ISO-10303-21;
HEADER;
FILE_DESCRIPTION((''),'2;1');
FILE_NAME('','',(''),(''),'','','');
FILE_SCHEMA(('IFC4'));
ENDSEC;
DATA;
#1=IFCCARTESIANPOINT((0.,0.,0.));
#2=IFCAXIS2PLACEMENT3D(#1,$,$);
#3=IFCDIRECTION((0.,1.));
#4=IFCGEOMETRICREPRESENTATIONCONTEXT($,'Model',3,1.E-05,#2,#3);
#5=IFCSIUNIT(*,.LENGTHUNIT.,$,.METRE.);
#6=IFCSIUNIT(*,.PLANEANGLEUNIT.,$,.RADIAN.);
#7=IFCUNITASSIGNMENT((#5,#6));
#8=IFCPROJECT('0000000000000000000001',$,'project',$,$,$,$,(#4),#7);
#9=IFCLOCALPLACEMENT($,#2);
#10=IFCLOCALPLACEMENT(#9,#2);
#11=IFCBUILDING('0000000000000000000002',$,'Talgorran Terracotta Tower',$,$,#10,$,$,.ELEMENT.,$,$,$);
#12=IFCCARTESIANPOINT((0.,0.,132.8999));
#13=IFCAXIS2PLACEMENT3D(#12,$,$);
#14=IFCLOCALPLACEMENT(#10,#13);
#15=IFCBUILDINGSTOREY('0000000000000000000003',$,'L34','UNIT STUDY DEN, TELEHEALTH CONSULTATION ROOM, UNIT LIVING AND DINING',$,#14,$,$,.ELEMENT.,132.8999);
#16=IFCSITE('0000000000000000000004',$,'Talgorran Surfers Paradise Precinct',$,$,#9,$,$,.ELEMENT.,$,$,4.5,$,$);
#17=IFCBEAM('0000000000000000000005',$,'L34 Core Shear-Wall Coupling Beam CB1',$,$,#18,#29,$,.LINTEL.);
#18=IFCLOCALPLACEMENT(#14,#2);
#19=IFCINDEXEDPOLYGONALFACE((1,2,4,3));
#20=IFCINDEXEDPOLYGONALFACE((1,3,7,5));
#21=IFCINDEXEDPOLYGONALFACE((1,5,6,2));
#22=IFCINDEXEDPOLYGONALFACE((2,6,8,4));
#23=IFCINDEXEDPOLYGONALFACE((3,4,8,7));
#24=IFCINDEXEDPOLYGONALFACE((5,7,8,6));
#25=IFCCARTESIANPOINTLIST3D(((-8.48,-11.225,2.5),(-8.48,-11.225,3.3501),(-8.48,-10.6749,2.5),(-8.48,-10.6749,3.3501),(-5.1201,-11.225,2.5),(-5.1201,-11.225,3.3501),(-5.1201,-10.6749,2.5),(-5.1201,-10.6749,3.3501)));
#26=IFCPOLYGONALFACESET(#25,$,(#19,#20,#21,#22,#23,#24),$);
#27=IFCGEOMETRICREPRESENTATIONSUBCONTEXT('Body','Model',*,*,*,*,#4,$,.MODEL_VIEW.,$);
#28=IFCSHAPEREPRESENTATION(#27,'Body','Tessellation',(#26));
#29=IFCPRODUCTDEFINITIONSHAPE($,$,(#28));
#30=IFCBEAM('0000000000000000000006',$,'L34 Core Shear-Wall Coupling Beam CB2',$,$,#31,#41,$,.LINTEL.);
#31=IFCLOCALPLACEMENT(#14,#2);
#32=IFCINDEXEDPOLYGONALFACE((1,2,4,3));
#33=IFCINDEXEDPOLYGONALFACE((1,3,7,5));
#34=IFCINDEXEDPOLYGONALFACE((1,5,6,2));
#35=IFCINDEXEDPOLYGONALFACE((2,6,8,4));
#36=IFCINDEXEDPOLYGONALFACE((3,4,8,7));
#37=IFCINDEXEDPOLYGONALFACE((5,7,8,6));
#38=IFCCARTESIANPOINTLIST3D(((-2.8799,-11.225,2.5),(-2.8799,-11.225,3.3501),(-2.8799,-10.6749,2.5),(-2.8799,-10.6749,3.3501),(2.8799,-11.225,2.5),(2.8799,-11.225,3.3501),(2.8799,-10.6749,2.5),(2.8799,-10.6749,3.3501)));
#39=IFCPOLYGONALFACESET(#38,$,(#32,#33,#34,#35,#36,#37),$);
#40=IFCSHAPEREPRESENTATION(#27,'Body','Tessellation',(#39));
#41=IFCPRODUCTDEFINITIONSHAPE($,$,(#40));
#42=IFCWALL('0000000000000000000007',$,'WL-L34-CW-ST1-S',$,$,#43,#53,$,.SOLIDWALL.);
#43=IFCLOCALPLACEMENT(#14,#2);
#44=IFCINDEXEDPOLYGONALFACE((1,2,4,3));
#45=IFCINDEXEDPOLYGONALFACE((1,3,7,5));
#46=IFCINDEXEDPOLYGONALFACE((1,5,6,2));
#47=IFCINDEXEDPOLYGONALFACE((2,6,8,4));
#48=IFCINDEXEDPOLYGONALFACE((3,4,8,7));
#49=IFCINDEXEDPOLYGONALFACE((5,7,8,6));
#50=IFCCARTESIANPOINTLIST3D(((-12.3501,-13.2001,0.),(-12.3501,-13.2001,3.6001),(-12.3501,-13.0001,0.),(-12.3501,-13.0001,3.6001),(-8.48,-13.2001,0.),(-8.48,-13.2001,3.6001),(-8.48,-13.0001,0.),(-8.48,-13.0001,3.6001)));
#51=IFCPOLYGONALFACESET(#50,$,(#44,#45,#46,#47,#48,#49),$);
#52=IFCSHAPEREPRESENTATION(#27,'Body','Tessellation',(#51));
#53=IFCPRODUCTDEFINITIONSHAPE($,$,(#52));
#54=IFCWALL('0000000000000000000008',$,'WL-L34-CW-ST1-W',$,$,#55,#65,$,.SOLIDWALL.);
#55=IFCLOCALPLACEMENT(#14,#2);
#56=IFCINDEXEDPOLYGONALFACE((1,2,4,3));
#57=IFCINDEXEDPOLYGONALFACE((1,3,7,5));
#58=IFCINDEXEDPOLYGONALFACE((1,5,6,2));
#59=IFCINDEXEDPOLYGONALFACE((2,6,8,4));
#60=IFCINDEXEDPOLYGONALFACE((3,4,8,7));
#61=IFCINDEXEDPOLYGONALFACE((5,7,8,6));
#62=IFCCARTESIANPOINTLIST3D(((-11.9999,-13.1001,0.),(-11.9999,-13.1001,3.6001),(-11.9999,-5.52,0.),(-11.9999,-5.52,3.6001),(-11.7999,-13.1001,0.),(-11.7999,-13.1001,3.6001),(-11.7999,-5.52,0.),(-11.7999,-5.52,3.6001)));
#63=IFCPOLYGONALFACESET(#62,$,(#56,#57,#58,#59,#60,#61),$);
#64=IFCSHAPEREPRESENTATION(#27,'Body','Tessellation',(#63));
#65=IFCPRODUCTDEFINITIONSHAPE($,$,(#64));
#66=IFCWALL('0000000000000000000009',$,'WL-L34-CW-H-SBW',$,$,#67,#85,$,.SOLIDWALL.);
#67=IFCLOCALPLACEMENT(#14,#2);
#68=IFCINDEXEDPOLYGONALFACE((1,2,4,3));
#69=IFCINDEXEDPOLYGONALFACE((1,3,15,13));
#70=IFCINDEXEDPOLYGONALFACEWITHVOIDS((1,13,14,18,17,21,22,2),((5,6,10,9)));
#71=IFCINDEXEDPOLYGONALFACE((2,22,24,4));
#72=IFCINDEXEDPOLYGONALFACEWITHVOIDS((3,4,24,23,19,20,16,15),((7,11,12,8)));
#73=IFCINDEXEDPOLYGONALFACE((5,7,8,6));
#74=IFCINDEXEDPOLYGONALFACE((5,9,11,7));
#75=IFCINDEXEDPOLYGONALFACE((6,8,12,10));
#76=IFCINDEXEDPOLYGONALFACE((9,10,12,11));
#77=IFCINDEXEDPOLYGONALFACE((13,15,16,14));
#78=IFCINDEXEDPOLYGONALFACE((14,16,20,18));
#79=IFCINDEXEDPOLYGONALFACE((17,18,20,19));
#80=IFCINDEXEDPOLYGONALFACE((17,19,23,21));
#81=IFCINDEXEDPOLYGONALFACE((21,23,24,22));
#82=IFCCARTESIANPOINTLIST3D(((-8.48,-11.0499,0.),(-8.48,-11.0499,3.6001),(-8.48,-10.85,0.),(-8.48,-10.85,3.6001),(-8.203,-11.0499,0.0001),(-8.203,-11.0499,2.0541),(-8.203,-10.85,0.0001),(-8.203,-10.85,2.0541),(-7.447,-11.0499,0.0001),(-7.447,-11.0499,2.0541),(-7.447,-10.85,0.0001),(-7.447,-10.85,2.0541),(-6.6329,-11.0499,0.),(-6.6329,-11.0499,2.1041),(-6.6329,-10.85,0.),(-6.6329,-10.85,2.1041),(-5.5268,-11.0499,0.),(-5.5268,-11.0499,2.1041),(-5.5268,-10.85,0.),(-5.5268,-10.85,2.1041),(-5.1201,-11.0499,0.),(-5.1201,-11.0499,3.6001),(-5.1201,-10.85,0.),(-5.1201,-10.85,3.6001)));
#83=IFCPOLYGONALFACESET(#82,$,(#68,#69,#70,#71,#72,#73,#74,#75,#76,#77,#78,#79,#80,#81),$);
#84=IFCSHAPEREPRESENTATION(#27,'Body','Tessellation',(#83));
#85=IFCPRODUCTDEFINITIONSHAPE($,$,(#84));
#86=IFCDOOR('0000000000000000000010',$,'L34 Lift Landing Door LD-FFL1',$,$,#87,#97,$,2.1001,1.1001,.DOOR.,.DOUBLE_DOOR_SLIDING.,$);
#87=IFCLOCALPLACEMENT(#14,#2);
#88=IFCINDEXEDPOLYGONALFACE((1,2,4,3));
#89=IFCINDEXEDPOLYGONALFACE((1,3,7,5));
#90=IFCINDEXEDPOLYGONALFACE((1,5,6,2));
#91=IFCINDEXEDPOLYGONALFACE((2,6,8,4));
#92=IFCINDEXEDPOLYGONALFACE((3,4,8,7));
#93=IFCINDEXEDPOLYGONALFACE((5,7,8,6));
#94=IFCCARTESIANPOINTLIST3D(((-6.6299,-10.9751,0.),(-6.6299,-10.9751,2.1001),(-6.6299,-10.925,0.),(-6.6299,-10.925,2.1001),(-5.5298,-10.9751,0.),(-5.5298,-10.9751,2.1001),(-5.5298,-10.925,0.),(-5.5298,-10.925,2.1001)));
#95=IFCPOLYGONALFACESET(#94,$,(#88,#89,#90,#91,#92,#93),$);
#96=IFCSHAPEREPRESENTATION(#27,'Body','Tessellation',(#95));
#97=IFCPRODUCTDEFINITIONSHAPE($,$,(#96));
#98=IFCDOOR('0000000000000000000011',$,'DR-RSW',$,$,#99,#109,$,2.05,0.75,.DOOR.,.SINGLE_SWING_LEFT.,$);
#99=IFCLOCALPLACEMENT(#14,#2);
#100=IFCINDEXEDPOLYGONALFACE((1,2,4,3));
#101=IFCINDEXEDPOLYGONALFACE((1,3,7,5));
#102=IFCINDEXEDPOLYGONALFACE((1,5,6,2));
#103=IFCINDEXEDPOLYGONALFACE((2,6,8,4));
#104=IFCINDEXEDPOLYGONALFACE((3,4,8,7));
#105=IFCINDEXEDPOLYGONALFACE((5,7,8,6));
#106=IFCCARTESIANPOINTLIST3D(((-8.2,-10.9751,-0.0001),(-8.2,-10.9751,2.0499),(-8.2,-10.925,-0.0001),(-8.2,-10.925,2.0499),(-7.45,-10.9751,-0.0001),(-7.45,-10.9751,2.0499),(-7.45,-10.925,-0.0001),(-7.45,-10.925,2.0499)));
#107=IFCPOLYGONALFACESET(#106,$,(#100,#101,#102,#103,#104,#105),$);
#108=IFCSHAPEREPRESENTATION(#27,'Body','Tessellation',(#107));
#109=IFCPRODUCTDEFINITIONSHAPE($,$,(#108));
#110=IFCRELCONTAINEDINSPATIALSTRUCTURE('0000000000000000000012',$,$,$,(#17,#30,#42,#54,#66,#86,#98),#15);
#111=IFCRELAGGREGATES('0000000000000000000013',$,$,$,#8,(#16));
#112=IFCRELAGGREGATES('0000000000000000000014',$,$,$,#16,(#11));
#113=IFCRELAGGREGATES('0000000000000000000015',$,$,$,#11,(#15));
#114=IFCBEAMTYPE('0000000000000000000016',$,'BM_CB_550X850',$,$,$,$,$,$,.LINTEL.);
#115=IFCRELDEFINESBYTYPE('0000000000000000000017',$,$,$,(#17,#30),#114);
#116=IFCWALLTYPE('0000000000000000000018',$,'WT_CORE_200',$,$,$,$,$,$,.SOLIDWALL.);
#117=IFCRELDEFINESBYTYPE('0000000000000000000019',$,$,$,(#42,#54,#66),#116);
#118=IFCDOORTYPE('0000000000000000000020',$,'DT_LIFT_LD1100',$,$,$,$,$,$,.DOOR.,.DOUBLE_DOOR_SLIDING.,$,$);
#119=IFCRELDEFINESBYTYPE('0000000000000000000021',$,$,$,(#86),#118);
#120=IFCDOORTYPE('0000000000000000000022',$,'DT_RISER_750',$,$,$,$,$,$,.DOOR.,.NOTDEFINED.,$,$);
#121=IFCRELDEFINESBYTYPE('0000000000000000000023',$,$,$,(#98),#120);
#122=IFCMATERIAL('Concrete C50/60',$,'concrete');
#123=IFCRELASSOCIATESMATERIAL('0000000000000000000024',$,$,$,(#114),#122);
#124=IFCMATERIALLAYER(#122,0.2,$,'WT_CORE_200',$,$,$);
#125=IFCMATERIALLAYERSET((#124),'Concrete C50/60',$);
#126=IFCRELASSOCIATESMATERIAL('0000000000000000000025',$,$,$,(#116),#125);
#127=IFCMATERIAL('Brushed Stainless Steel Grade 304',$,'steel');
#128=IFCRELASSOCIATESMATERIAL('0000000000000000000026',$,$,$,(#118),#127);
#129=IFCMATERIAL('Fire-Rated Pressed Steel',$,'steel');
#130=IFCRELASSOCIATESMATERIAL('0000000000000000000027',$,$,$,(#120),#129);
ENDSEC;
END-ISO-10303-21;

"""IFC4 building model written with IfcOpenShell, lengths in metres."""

from ifc_helpers import new_model, si_unit, direction, frame, frame_2d, origin, origin_2d, place, context, subcontext, project, spatial, rectangle, extrude, material, layer, layer_set, material_profile, profile_set, type_object, element, fill, save


model = new_model("IFC4")

# Units and contexts
model_context = context("Model", 3, precision=1e-05, world=origin(), true_north=direction((0.0, 1.0)))
body_context = subcontext(model_context, "Body", "Model", "MODEL_VIEW")
ifc_project = project(units=[si_unit("LENGTHUNIT", "METRE"), si_unit("PLANEANGLEUNIT", "RADIAN")], contexts=[model_context])

# Site, building, storey
site_placement = place(None, origin())
site = spatial("IfcSite", under=ifc_project, at=site_placement, Name="Talgorran Surfers Paradise Precinct", CompositionType="ELEMENT", RefElevation=4.5)
building_placement = place(site_placement, origin())
building = spatial("IfcBuilding", under=site, at=building_placement, Name="Talgorran Terracotta Tower", CompositionType="ELEMENT")
storey_placement = place(building_placement, frame((0.0, 0.0, 132.8999)))
storey = spatial("IfcBuildingStorey", under=building, at=storey_placement, Name="L34", Description="UNIT STUDY DEN, TELEHEALTH CONSULTATION ROOM, UNIT LIVING AND DINING", CompositionType="ELEMENT", Elevation=132.8999)

# Beams
ifc_material_1 = material(Name="Concrete C50/60", Category="concrete")
ifc_material_profile = material_profile(ifc_material_1, rectangle(XDim=0.55, YDim=0.8501, at=origin_2d()), Name="RCCB550X850")
ifc_profile_set = profile_set([ifc_material_profile], Name="Concrete C50/60")
beam_type = type_object("IfcBeamType", Name="BM_CB_550X850", PredefinedType="LINTEL", material=ifc_profile_set)
beam_1_placement = place(storey_placement, frame((-8.48, -10.95, 2.925), z_axis=(1.0, 0.0, 0.0), x_axis=(0.0, 1.0, 0.0)))
element("IfcBeam", 1, at=beam_1_placement, inside=storey, type_object=beam_type, Name="L34 Core Shear-Wall Coupling Beam CB1", PredefinedType="LINTEL", context=body_context, shape_type="SweptSolid", body=[
    extrude(rectangle(XDim=0.55, YDim=0.8501, at=origin_2d()), origin(), (0.0, 0.0, 1.0), 3.3599),
])
beam_2_placement = place(storey_placement, frame((-2.8799, -10.95, 2.925), z_axis=(1.0, 0.0, 0.0), x_axis=(0.0, 1.0, 0.0)))
element("IfcBeam", 2, at=beam_2_placement, inside=storey, type_object=beam_type, Name="L34 Core Shear-Wall Coupling Beam CB2", PredefinedType="LINTEL", context=body_context, shape_type="SweptSolid", body=[
    extrude(rectangle(XDim=0.55, YDim=0.8501, at=origin_2d()), origin(), (0.0, 0.0, 1.0), 5.7598),
])

# Walls
ifc_layer_1 = layer(ifc_material_1, 0.2, Name="WT_CORE_200")
ifc_layer_set_1 = layer_set([ifc_layer_1], Name="Concrete C50/60")
wall_type_1 = type_object("IfcWallType", Name="WT_CORE_200", PredefinedType="SOLIDWALL", material=ifc_layer_set_1)
wall_1_placement = place(storey_placement, frame((-12.3501, -13.1001, 0.0), z_axis=(0.0, 0.0, 1.0), x_axis=(1.0, 0.0, 0.0)))
element("IfcWall", 3, at=wall_1_placement, inside=storey, type_object=wall_type_1, Name="WL-L34-CW-ST1-S", PredefinedType="SOLIDWALL", context=body_context, shape_type="SweptSolid", body=[
    extrude(rectangle(XDim=3.8701, YDim=0.2, at=frame_2d((1.9351, 0.0))), origin(), (0.0, 0.0, 1.0), 3.6001),
])
wall_2_placement = place(storey_placement, frame((-11.8999, -13.1001, 0.0), z_axis=(0.0, 0.0, 1.0), x_axis=(0.0, 1.0, 0.0)))
element("IfcWall", 4, at=wall_2_placement, inside=storey, type_object=wall_type_1, Name="WL-L34-CW-ST1-W", PredefinedType="SOLIDWALL", context=body_context, shape_type="SweptSolid", body=[
    extrude(rectangle(XDim=7.5801, YDim=0.2, at=frame_2d((3.79, 0.0))), origin(), (0.0, 0.0, 1.0), 3.6001),
])

# Wall, openings, doors
wall_3_placement = place(storey_placement, frame((-8.48, -10.95, 0.0), z_axis=(0.0, 0.0, 1.0), x_axis=(1.0, 0.0, 0.0)))
wall_3 = element("IfcWall", 5, at=wall_3_placement, inside=storey, type_object=wall_type_1, Name="WL-L34-CW-H-SBW", PredefinedType="SOLIDWALL", context=body_context, shape_type="SweptSolid", body=[
    extrude(rectangle(XDim=3.3599, YDim=0.2, at=frame_2d((1.6799, 0.0))), origin(), (0.0, 0.0, 1.0), 3.6001),
])
opening_1_placement = place(wall_3_placement, frame((0.28, 0.0, 0.0)))
opening_1 = element("IfcOpeningElement", 6, at=opening_1_placement, cuts=wall_3, PredefinedType="OPENING", context=body_context, shape_type="SweptSolid", body=[
    extrude(rectangle(XDim=0.756, YDim=2.054, at=frame_2d((0.375, 1.0271))), frame((0.0, 0.1099, 0.0), z_axis=(0.0, -1.0, 0.0), x_axis=(1.0, 0.0, 0.0)), (0.0, 0.0, 1.0), 0.22),
])
opening_2_placement = place(wall_3_placement, frame((1.8501, 0.0, 0.0)))
opening_2 = element("IfcOpeningElement", 7, at=opening_2_placement, cuts=wall_3, PredefinedType="OPENING", context=body_context, shape_type="SweptSolid", body=[
    extrude(rectangle(XDim=1.1061, YDim=2.1041, at=frame_2d((0.55, 1.052))), frame((0.0, 0.1099, 0.0), z_axis=(0.0, -1.0, 0.0), x_axis=(1.0, 0.0, 0.0)), (0.0, 0.0, 1.0), 0.22),
])
ifc_material_2 = material(Name="Brushed Stainless Steel Grade 304", Category="steel")
door_type_1 = type_object("IfcDoorType", Name="DT_LIFT_LD1100", OperationType="DOUBLE_DOOR_SLIDING", PredefinedType="DOOR", material=ifc_material_2)
door_1_placement = place(opening_2_placement, origin())
door_1 = element("IfcDoor", 8, at=door_1_placement, inside=storey, type_object=door_type_1, Name="L34 Lift Landing Door LD-FFL1", OperationType="DOUBLE_DOOR_SLIDING", OverallHeight=2.1001, OverallWidth=1.1001, PredefinedType="DOOR", context=body_context, shape_type="SweptSolid", body=[
    extrude(rectangle(XDim=1.1001, YDim=2.1001, at=frame_2d((0.55, 1.05))), frame((0.0, 0.0249, 0.0), z_axis=(0.0, -1.0, 0.0), x_axis=(1.0, 0.0, 0.0)), (0.0, 0.0, 1.0), 0.05),
])
fill(opening_2, door_1)
ifc_material_3 = material(Name="Fire-Rated Pressed Steel", Category="steel")
door_type_2 = type_object("IfcDoorType", Name="DT_RISER_750", OperationType="NOTDEFINED", PredefinedType="DOOR", material=ifc_material_3)
door_2_placement = place(opening_1_placement, origin())
door_2 = element("IfcDoor", 9, at=door_2_placement, inside=storey, type_object=door_type_2, Name="DR-RSW", OperationType="SINGLE_SWING_LEFT", OverallHeight=2.05, OverallWidth=0.75, PredefinedType="DOOR", context=body_context, shape_type="SweptSolid", body=[
    extrude(rectangle(XDim=0.75, YDim=2.05, at=frame_2d((0.375, 1.0249))), frame((0.0, 0.0249, 0.0), z_axis=(0.0, -1.0, 0.0), x_axis=(1.0, 0.0, 0.0)), (0.0, 0.0, 1.0), 0.05),
])
fill(opening_1, door_2)

save(model, "model.ifc")
